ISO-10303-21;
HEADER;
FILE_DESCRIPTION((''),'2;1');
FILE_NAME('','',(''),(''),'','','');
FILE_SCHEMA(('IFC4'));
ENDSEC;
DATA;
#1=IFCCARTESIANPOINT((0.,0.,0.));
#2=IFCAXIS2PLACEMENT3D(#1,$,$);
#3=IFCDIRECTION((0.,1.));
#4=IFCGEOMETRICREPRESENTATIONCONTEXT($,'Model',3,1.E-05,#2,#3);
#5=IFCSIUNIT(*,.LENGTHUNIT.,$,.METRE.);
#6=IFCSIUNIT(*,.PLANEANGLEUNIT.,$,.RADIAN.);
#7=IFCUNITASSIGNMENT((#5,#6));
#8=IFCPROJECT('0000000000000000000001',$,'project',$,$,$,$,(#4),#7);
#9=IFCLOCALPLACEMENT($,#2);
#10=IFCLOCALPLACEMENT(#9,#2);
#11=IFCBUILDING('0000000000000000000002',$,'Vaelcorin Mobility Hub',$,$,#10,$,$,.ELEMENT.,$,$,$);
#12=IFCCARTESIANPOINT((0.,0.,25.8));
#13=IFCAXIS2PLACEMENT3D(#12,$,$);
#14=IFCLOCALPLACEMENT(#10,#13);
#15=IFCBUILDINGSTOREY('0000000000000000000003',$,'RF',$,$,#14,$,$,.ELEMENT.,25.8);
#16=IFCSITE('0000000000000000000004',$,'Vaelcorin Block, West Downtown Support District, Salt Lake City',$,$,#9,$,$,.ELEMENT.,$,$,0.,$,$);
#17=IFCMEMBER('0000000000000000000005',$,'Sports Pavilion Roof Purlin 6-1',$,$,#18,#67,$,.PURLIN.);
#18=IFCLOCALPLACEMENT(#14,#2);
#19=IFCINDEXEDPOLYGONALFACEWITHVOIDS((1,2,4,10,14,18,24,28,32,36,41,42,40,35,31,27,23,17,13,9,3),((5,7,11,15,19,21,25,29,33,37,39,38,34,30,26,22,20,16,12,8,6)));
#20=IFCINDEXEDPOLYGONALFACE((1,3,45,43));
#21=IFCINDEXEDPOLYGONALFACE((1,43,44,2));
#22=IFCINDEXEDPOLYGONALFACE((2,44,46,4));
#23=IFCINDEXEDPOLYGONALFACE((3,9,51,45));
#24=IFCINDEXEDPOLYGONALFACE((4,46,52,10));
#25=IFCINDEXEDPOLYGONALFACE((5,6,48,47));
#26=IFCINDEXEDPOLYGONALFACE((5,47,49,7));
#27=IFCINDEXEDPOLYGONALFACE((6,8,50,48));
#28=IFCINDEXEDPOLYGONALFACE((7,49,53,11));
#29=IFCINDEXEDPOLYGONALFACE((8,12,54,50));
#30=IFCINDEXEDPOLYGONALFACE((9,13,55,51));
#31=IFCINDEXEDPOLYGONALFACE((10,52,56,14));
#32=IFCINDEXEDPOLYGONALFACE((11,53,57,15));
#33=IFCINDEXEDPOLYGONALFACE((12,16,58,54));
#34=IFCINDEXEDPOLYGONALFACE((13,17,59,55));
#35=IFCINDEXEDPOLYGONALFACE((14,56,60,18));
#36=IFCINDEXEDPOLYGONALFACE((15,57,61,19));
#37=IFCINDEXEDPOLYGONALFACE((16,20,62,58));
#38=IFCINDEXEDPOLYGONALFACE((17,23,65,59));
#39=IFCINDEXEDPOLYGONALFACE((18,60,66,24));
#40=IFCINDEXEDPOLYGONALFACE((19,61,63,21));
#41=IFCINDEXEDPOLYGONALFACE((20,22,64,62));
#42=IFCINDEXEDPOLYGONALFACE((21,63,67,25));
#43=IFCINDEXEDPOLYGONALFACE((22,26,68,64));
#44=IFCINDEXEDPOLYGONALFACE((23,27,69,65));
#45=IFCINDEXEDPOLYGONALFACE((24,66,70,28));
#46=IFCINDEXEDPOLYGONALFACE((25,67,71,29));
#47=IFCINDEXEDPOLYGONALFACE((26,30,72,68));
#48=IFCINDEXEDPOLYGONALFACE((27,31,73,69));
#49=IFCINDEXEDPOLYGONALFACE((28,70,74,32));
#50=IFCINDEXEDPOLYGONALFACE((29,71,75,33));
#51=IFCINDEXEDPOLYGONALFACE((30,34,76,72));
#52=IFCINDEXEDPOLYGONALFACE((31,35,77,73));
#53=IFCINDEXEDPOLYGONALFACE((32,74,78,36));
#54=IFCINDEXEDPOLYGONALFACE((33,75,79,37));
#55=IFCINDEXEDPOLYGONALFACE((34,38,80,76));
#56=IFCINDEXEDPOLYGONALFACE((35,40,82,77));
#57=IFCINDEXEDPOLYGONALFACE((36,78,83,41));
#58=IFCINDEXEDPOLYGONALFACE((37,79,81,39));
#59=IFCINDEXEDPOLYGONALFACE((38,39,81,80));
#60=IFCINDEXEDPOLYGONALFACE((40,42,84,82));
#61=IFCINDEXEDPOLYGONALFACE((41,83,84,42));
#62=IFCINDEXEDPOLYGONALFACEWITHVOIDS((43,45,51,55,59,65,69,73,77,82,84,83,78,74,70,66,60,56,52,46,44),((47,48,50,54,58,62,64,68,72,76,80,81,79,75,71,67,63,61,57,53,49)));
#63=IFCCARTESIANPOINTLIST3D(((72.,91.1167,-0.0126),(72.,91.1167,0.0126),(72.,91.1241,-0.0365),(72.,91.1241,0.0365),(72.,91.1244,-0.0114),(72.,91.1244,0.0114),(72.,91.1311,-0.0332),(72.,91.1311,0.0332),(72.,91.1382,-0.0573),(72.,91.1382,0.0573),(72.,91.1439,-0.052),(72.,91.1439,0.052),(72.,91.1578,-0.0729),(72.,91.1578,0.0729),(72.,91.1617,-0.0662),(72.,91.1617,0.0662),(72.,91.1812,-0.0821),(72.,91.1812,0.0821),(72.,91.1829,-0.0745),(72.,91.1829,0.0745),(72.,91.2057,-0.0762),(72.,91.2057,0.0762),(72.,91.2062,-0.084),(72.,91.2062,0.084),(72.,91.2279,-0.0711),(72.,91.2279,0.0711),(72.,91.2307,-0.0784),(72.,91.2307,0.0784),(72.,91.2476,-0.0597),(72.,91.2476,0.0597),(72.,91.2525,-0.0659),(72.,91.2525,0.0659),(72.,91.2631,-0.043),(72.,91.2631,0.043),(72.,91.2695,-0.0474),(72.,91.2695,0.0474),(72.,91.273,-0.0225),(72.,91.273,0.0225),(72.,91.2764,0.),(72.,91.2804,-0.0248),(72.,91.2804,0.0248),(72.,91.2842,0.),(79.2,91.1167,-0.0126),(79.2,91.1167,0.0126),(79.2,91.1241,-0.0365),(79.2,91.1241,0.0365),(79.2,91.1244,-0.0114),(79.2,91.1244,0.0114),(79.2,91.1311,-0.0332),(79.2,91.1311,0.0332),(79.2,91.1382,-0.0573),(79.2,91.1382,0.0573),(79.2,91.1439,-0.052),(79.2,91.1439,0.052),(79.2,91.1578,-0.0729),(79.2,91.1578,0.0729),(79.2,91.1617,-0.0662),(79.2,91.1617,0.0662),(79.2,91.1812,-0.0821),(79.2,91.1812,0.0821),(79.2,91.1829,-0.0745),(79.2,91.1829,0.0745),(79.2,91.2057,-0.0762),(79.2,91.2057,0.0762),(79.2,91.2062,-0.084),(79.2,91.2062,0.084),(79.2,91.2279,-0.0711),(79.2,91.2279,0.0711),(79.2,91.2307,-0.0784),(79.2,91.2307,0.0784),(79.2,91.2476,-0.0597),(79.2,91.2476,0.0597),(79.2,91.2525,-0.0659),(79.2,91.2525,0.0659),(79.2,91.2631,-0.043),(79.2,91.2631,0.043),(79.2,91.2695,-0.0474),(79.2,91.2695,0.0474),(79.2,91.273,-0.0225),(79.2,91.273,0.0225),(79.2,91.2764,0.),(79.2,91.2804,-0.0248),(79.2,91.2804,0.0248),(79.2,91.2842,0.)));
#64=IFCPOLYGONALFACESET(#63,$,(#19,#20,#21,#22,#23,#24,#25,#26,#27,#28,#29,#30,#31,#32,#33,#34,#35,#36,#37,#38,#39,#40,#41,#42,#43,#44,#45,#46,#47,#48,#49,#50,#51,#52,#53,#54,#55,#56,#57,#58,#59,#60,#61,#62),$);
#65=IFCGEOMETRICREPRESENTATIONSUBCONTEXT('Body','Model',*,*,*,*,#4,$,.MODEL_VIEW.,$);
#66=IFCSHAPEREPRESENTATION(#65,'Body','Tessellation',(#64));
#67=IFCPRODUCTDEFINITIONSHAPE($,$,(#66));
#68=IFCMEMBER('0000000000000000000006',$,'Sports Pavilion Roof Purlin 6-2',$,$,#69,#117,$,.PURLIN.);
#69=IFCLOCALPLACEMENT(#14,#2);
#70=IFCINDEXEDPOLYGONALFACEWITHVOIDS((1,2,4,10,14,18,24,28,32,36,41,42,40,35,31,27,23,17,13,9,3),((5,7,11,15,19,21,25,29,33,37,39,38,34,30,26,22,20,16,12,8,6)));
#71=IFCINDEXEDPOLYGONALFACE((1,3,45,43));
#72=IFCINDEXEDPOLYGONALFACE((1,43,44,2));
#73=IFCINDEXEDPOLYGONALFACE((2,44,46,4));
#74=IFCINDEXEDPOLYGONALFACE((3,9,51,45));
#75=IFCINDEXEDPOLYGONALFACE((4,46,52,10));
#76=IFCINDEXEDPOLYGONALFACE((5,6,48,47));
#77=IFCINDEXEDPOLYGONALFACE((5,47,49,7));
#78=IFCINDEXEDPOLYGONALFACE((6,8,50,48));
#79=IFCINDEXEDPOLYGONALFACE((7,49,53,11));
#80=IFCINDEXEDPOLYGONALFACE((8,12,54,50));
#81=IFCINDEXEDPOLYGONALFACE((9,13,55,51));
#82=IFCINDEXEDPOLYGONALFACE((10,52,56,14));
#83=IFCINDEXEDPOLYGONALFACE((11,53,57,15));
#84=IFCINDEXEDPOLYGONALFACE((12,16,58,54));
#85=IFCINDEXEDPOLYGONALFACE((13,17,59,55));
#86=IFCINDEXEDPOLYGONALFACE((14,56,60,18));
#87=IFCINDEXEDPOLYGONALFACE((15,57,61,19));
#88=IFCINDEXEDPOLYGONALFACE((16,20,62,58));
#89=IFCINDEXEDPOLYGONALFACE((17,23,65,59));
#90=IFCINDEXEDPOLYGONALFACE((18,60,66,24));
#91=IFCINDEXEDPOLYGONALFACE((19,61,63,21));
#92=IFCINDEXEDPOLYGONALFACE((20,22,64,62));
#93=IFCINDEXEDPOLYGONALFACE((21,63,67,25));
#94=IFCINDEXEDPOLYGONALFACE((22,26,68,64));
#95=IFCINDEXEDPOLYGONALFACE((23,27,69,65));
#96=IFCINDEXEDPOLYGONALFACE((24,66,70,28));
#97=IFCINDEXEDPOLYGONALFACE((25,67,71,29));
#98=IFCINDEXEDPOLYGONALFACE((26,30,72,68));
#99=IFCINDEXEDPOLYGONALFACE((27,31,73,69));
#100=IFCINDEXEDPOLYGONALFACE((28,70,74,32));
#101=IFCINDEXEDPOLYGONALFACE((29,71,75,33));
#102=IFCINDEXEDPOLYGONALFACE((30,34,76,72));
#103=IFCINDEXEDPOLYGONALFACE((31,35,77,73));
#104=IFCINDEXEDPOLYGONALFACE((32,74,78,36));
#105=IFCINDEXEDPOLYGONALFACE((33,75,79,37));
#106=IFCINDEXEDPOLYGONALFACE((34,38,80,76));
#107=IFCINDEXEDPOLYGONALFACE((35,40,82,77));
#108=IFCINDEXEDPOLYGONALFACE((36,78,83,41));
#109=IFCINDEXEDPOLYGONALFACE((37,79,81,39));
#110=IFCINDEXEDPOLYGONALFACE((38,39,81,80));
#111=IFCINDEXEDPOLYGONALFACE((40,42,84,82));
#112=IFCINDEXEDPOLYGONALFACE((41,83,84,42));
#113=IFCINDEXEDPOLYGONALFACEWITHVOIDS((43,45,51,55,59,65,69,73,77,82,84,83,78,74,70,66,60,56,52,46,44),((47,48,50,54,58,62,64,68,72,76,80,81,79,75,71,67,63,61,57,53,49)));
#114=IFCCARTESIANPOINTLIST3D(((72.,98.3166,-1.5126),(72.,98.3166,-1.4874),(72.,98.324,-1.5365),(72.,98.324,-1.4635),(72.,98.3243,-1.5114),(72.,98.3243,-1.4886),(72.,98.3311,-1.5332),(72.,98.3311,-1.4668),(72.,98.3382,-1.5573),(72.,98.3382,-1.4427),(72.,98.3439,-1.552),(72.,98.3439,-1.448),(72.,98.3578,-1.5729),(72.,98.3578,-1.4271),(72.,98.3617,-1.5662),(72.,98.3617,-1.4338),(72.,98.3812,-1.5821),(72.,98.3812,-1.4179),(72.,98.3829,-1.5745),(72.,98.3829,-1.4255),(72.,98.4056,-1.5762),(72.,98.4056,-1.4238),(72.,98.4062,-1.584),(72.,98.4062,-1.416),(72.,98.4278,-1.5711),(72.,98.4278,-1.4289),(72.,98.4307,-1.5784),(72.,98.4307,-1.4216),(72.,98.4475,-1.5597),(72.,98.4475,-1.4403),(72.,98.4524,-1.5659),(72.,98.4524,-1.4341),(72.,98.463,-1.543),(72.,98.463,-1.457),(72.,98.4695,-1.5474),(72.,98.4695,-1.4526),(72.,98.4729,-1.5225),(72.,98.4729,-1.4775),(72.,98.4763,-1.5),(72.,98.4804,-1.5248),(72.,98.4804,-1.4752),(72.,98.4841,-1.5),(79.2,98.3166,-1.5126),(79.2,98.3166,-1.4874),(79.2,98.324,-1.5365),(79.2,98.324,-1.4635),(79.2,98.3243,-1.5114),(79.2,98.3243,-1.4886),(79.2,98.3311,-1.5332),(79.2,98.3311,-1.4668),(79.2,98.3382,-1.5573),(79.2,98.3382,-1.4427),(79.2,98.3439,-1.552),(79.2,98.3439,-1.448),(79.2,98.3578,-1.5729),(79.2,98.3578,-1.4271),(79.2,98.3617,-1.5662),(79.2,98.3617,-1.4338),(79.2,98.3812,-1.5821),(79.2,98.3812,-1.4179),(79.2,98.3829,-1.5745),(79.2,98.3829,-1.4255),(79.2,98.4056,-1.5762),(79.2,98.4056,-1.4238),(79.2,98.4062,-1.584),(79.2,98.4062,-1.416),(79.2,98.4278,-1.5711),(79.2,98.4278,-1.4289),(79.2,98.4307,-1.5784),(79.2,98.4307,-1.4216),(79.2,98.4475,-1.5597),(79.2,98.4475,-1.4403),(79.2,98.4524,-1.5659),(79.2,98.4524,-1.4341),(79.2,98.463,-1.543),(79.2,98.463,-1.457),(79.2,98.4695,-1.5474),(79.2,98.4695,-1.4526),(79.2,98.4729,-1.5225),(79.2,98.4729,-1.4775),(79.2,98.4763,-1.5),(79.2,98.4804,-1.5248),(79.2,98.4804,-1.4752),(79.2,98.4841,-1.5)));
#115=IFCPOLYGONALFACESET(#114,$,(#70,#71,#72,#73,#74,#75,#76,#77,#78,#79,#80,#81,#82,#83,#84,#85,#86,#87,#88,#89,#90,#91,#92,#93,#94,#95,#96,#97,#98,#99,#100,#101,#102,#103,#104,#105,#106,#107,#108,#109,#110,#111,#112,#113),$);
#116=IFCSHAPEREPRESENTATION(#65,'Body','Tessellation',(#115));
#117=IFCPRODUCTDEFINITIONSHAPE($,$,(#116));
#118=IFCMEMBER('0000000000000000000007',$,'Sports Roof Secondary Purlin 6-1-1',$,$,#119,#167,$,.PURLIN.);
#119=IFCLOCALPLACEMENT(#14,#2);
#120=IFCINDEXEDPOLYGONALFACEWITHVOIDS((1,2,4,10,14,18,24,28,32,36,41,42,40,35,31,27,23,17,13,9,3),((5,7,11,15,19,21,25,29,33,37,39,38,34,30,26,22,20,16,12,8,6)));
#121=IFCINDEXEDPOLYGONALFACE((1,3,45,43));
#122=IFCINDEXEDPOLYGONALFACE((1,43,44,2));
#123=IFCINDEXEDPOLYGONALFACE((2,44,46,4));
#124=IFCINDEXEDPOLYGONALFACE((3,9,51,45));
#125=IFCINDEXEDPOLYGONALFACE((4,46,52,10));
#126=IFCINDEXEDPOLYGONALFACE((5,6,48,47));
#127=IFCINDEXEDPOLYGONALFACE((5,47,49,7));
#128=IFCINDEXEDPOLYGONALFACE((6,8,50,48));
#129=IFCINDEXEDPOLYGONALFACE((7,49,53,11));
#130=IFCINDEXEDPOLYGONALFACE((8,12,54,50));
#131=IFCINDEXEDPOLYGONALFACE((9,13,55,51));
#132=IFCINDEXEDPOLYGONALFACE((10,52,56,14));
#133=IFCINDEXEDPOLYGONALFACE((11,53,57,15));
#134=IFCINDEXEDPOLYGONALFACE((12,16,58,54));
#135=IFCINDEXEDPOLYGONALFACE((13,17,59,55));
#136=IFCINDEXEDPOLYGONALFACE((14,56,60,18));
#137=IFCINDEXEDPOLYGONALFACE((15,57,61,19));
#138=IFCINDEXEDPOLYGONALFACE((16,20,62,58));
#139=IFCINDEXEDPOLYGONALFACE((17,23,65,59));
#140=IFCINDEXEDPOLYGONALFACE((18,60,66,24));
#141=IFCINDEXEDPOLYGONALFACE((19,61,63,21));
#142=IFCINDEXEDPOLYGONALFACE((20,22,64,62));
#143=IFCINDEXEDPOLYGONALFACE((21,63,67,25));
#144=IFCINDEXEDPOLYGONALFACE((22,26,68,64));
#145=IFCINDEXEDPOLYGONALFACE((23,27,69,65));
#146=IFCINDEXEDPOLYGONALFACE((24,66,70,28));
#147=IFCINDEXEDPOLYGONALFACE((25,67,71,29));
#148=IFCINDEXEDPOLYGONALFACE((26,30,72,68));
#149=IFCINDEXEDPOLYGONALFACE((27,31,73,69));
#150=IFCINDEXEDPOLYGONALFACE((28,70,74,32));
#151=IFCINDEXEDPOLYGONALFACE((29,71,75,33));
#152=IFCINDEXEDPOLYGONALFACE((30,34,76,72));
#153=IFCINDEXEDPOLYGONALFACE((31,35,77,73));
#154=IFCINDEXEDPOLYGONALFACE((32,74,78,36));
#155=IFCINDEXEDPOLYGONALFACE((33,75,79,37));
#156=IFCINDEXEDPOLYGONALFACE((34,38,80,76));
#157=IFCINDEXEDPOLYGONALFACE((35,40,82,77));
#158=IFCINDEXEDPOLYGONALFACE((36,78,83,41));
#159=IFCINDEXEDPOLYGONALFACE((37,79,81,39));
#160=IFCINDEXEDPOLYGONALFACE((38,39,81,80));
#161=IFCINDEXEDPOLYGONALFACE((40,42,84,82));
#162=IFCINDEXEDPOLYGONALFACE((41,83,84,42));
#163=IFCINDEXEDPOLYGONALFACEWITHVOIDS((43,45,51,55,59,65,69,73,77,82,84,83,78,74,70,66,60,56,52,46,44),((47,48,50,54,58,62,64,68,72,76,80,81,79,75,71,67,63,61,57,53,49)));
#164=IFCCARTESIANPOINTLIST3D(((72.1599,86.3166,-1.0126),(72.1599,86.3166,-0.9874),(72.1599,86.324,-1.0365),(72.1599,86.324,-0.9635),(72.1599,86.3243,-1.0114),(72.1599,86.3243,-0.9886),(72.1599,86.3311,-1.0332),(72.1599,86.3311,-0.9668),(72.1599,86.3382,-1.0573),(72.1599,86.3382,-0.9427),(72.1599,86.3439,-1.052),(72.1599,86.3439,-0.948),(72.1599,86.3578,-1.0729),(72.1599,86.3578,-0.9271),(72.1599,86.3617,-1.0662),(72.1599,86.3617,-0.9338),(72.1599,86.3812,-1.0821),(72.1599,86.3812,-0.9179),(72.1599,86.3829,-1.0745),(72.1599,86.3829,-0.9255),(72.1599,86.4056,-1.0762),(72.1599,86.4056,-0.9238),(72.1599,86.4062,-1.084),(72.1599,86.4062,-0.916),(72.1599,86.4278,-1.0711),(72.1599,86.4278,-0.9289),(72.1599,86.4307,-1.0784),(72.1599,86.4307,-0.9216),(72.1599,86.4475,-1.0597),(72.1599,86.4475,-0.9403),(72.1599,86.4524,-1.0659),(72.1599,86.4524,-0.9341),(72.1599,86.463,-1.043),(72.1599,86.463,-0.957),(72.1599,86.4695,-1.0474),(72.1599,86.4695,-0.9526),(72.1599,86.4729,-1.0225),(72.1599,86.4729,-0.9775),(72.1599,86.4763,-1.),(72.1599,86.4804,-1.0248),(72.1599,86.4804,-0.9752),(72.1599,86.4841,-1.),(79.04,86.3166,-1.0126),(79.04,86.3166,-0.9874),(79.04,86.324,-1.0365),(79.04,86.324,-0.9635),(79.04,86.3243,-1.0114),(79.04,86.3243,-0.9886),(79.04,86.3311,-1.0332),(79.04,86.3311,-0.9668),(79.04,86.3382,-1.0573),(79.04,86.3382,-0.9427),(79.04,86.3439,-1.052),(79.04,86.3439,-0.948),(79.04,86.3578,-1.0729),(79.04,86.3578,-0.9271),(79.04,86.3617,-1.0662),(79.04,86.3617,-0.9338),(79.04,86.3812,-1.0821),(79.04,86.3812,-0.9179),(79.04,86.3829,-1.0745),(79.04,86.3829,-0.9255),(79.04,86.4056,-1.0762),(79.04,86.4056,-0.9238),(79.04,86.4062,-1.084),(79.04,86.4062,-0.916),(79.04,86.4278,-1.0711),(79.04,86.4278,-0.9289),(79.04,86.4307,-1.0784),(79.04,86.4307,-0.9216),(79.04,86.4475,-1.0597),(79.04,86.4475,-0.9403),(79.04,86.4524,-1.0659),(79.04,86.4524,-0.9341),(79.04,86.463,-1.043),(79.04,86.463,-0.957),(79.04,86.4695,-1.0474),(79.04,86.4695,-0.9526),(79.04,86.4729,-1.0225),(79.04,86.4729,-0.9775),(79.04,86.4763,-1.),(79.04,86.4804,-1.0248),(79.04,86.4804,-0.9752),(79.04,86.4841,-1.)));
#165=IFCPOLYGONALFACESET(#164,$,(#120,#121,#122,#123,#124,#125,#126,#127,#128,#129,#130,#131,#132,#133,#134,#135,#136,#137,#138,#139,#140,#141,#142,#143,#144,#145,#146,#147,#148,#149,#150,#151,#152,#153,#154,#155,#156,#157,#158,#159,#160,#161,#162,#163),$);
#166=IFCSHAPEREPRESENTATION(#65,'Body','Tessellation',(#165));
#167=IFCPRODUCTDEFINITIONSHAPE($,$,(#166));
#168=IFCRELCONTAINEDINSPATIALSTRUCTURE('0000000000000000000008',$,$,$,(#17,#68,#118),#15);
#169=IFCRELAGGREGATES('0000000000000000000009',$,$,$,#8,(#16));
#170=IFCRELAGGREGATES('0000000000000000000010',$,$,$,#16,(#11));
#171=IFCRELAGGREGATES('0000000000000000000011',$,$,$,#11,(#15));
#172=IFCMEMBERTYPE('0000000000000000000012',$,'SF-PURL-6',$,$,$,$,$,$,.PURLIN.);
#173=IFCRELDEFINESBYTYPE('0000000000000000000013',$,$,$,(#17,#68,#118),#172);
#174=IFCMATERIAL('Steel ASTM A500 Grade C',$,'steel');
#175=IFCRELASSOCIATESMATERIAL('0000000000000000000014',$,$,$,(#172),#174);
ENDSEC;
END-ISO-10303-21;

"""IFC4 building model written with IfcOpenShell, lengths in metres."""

from ifc_helpers import new_model, si_unit, direction, frame, origin, origin_2d, place, context, subcontext, project, spatial, hollow_circle, extrude, material, material_profile, profile_set, type_object, element, save


model = new_model("IFC4")

# Units and contexts
model_context = context("Model", 3, precision=1e-05, world=origin(), true_north=direction((0.0, 1.0)))
body_context = subcontext(model_context, "Body", "Model", "MODEL_VIEW")
ifc_project = project(units=[si_unit("LENGTHUNIT", "METRE"), si_unit("PLANEANGLEUNIT", "RADIAN")], contexts=[model_context])

# Site, building, storey
site_placement = place(None, origin())
site = spatial("IfcSite", under=ifc_project, at=site_placement, Name="Vaelcorin Block, West Downtown Support District, Salt Lake City", CompositionType="ELEMENT", RefElevation=0.0)
building_placement = place(site_placement, origin())
building = spatial("IfcBuilding", under=site, at=building_placement, Name="Vaelcorin Mobility Hub", CompositionType="ELEMENT")
storey_placement = place(building_placement, frame((0.0, 0.0, 25.8)))
storey = spatial("IfcBuildingStorey", under=building, at=storey_placement, Name="RF", CompositionType="ELEMENT", Elevation=25.8)

# Members
ifc_material_1 = material(Name="Steel ASTM A500 Grade C", Category="steel")
ifc_material_profile_1 = material_profile(ifc_material_1, hollow_circle(Radius=0.0842, WallThickness=0.0078, at=origin_2d()), Name="HSS6.625X0.312")
ifc_profile_set_1 = profile_set([ifc_material_profile_1], Name="Steel ASTM A500 Grade C")
member_type_1 = type_object("IfcMemberType", Name="SF-PURL-6", PredefinedType="PURLIN", material=ifc_profile_set_1)
for number, where, z_axis, x_axis, name in (
    (1, (72.0, 91.2, 0.0), (1.0, 0.0, 0.0), (0.0, 1.0, 0.0), "Sports Pavilion Roof Purlin 6-1"),
    (2, (72.0, 98.3999, -1.5), (1.0, 0.0, 0.0), (0.0, 1.0, 0.0), "Sports Pavilion Roof Purlin 6-2"),
):
    element("IfcMember", number, at=place(storey_placement, frame(where, z_axis=z_axis, x_axis=x_axis)), inside=storey, type_object=member_type_1, Name=name, PredefinedType="PURLIN", context=body_context, shape_type="SweptSolid", body=[
        extrude(hollow_circle(Radius=0.0842, WallThickness=0.0078, at=origin_2d()), origin(), (0.0, 0.0, 1.0), 7.2),
    ])
for number, where, z_axis, x_axis, name in (
    (3, (72.1599, 86.3999, -1.0), (1.0, 0.0, 0.0), (0.0, 1.0, 0.0), "Sports Roof Secondary Purlin 6-1-1"),
):
    element("IfcMember", number, at=place(storey_placement, frame(where, z_axis=z_axis, x_axis=x_axis)), inside=storey, type_object=member_type_1, Name=name, PredefinedType="PURLIN", context=body_context, shape_type="SweptSolid", body=[
        extrude(hollow_circle(Radius=0.0842, WallThickness=0.0078, at=origin_2d()), origin(), (0.0, 0.0, 1.0), 6.8801),
    ])

save(model, "model.ifc")
